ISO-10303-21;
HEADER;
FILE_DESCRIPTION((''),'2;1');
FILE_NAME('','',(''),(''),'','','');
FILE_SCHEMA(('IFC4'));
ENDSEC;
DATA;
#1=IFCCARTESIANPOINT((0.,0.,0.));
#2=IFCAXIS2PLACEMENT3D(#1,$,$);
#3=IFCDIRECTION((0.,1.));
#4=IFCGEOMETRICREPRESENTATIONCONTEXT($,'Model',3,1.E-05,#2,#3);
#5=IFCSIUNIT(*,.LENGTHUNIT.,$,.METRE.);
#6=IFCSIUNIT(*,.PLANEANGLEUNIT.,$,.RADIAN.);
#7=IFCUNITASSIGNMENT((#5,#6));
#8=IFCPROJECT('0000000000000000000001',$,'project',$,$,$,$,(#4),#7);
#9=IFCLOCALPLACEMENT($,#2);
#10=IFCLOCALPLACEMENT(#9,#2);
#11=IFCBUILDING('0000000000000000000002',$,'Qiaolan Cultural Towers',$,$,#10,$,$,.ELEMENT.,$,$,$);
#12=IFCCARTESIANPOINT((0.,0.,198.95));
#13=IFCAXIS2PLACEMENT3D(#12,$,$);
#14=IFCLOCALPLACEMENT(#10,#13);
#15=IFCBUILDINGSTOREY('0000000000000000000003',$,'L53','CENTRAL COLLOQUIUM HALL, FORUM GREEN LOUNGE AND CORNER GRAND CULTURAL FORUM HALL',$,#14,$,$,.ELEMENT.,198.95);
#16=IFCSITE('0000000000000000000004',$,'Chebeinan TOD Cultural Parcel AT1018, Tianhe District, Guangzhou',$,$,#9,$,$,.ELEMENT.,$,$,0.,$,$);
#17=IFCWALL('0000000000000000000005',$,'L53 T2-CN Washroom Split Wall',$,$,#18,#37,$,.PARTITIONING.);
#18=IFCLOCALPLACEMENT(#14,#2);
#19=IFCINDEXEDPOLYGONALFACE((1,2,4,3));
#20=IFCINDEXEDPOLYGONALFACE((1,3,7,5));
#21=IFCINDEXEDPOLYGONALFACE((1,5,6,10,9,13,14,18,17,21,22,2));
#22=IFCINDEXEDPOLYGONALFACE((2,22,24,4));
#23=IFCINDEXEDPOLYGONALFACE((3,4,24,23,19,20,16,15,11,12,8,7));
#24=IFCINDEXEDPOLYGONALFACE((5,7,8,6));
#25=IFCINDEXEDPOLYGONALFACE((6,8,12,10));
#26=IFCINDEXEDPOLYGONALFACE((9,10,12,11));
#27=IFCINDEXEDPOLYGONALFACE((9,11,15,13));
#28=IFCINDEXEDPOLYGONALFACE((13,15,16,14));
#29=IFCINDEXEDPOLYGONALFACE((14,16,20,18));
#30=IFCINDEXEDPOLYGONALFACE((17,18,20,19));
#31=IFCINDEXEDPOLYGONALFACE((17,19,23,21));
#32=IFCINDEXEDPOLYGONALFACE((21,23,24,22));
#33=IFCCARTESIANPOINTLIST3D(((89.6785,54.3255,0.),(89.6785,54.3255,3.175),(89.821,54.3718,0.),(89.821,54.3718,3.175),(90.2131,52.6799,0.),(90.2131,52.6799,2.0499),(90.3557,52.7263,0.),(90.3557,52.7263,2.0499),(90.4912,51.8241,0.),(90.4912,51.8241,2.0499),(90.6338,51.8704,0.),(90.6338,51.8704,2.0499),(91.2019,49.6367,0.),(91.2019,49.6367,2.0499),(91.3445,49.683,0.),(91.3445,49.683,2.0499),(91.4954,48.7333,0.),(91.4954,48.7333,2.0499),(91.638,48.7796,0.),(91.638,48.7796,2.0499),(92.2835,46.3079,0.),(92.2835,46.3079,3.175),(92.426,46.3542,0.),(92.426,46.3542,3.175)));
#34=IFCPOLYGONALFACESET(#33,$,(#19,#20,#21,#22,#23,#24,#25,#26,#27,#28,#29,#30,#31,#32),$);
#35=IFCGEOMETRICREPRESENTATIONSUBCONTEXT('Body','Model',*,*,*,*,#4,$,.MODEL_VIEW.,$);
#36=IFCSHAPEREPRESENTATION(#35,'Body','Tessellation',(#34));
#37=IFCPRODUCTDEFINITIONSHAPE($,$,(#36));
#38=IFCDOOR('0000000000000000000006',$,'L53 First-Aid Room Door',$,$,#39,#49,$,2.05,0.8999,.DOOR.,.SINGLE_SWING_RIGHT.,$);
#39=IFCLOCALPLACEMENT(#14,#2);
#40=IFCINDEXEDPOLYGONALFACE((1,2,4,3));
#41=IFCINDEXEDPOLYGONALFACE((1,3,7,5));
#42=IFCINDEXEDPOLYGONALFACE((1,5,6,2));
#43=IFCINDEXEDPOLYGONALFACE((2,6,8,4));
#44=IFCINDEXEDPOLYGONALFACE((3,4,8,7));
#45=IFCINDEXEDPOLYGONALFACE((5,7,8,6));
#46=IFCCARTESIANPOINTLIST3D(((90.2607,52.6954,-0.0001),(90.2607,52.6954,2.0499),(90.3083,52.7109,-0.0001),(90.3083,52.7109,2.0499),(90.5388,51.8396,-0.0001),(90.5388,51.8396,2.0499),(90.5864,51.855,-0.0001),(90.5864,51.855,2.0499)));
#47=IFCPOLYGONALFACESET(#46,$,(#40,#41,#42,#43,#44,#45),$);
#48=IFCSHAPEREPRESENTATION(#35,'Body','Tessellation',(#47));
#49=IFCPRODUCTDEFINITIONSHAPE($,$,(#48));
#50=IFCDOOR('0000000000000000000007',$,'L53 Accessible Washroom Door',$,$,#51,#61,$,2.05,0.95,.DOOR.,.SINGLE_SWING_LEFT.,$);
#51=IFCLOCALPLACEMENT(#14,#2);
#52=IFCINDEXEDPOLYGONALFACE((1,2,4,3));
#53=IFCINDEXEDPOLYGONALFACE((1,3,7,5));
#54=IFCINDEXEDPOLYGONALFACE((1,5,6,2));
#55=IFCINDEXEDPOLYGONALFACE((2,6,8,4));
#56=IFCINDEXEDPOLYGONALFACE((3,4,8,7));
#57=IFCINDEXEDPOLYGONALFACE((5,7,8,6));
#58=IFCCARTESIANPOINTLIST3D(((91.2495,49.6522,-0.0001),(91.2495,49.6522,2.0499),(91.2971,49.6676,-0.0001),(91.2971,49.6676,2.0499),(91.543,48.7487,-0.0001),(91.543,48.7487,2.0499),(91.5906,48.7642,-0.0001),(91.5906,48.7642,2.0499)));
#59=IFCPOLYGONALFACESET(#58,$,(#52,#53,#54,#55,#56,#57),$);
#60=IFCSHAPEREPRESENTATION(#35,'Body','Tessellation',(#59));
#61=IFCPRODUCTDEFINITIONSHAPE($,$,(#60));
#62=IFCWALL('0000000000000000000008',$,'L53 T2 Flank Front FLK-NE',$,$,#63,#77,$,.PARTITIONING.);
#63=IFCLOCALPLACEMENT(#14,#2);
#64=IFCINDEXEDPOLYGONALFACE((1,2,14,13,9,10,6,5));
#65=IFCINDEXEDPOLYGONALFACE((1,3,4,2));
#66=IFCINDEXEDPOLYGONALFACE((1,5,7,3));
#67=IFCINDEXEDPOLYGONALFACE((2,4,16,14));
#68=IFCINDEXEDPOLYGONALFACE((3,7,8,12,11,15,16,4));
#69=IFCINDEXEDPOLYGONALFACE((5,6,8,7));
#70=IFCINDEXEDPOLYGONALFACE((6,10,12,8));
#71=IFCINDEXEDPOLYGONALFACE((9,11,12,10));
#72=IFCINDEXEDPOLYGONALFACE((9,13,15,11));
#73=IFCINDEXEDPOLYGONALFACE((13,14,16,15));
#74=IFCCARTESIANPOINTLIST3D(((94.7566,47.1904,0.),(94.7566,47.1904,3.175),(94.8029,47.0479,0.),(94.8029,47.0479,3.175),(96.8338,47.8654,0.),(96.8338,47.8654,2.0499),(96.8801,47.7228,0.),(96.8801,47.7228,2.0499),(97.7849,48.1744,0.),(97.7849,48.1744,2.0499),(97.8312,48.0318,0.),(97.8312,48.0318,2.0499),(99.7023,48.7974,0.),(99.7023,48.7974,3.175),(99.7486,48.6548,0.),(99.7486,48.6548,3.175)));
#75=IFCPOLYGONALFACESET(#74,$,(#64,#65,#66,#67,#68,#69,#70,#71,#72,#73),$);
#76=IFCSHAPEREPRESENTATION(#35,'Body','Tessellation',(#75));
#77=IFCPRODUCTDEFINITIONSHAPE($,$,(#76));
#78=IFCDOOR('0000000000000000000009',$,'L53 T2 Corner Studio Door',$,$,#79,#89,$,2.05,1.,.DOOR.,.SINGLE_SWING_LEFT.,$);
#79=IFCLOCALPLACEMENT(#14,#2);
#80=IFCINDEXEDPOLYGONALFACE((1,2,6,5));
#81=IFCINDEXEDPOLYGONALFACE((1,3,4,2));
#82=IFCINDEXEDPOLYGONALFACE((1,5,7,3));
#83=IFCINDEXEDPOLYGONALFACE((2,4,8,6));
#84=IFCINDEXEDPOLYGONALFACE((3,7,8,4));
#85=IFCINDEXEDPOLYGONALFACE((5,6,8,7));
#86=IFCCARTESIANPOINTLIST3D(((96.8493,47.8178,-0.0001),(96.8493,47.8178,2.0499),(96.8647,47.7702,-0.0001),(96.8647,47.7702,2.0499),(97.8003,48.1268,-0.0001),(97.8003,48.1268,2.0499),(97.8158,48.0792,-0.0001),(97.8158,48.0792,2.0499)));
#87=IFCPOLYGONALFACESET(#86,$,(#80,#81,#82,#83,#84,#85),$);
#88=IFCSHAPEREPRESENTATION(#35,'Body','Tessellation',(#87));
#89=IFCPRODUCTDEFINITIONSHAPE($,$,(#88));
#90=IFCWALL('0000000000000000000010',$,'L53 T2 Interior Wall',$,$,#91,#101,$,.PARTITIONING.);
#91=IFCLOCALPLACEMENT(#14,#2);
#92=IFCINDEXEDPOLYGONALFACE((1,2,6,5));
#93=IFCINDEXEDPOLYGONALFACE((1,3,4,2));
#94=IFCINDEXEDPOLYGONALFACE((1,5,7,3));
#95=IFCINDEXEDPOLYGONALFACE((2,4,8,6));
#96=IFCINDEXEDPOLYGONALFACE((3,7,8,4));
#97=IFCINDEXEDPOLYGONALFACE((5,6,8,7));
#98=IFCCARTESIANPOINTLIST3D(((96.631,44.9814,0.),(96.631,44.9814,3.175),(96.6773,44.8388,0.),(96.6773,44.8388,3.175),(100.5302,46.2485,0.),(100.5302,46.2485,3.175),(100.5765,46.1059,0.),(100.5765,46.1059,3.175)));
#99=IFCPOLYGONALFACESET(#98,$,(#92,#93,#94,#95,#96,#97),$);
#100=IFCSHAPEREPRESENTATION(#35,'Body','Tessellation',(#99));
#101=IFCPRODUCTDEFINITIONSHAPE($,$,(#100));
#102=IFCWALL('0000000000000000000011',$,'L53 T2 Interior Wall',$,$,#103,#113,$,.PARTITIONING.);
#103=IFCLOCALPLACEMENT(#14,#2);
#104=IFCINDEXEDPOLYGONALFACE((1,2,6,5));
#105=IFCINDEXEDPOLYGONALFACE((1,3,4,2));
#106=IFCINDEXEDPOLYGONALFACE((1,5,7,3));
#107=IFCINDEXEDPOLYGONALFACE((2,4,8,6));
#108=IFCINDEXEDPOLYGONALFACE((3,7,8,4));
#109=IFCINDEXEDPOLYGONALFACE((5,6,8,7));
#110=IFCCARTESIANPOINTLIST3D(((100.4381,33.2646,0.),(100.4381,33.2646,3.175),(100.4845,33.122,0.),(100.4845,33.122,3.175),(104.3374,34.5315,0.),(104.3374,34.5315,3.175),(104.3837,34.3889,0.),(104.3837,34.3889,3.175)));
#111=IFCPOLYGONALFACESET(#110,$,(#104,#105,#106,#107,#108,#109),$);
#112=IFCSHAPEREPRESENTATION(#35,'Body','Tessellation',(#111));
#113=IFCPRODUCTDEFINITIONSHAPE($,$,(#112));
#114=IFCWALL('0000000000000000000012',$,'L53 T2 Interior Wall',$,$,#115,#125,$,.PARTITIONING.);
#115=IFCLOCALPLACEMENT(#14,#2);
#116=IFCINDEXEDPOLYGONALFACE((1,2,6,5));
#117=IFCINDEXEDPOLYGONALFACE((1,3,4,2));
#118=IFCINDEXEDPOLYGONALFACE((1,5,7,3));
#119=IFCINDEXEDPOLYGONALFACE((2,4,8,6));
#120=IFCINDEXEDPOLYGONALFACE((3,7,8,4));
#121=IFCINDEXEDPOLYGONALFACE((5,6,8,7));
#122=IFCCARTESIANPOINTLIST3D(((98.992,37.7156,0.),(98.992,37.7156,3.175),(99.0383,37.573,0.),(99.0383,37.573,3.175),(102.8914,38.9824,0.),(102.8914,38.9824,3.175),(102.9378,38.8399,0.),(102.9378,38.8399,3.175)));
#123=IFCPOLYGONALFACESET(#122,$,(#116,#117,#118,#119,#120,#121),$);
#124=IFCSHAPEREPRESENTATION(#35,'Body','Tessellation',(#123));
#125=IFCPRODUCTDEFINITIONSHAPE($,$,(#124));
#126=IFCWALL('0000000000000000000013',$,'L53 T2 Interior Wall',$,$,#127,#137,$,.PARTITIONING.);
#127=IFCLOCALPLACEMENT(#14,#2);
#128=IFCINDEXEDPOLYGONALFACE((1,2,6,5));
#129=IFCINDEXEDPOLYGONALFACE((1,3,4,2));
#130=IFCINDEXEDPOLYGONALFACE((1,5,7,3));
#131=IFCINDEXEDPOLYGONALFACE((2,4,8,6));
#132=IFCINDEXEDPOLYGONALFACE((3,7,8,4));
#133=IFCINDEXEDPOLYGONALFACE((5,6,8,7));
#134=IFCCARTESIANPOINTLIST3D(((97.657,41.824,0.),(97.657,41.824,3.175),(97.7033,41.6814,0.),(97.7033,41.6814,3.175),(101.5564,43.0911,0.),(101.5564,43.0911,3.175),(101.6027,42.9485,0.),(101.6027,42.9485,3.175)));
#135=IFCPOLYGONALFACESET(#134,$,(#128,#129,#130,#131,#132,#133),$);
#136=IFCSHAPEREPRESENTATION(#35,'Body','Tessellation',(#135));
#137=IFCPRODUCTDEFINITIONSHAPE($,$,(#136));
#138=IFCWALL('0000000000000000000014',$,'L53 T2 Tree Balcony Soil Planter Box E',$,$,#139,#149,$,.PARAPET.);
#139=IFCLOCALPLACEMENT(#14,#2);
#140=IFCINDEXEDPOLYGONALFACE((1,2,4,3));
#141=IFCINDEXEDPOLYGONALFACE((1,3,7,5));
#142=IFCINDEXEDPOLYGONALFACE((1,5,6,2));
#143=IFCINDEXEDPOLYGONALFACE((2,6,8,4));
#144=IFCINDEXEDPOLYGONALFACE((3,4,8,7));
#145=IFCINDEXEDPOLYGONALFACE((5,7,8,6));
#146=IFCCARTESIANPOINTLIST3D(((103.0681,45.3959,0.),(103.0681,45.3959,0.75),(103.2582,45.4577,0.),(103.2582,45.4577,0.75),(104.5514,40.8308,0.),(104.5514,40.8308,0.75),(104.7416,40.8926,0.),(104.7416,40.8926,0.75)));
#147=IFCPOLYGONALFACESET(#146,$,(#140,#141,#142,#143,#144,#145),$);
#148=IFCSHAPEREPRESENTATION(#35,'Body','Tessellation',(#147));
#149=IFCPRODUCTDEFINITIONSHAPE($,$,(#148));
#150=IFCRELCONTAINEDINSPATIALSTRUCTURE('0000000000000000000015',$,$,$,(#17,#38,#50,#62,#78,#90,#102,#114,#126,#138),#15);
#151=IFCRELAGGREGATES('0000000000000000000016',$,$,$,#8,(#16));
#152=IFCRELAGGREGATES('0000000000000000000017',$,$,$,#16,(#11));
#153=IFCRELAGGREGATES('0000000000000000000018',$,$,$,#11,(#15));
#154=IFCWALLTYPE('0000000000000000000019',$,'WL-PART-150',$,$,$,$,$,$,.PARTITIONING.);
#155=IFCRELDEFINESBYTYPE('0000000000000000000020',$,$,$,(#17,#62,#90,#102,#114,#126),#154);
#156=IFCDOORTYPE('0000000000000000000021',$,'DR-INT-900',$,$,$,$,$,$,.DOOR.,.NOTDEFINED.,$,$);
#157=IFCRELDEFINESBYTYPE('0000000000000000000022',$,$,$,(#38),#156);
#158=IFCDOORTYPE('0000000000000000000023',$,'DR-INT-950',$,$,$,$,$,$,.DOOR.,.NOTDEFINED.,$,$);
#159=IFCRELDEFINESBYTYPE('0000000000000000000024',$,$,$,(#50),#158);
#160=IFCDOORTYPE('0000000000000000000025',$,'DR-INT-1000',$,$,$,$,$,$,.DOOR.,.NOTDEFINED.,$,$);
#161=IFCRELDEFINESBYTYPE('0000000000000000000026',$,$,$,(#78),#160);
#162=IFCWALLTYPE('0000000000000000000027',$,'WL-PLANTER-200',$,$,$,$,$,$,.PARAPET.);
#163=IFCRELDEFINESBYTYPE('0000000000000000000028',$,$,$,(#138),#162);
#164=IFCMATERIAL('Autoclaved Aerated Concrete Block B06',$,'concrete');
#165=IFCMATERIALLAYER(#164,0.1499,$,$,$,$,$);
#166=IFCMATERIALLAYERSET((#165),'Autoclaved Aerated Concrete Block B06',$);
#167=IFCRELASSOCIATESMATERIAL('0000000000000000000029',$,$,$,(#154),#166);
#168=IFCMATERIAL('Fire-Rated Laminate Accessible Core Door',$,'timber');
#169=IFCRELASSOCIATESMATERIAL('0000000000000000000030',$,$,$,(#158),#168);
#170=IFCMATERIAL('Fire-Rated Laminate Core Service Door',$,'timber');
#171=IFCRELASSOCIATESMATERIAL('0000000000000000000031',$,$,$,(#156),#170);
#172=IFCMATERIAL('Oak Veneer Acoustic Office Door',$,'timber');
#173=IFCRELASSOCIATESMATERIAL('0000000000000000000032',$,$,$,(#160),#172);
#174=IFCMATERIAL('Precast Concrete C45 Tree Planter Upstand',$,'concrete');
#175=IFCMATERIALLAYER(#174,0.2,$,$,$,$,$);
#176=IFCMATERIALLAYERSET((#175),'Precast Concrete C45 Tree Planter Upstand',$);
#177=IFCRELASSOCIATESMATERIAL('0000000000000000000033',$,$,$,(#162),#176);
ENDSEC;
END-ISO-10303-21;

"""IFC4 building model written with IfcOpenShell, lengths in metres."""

from ifc_helpers import new_model, si_unit, direction, frame, frame_2d, origin, place, context, subcontext, project, spatial, rectangle, extrude, material, layer, layer_set, type_object, element, fill, save


model = new_model("IFC4")

# Units and contexts
model_context = context("Model", 3, precision=1e-05, world=origin(), true_north=direction((0.0, 1.0)))
body_context = subcontext(model_context, "Body", "Model", "MODEL_VIEW")
ifc_project = project(units=[si_unit("LENGTHUNIT", "METRE"), si_unit("PLANEANGLEUNIT", "RADIAN")], contexts=[model_context])

# Site, building, storey
site_placement = place(None, origin())
site = spatial("IfcSite", under=ifc_project, at=site_placement, Name="Chebeinan TOD Cultural Parcel AT1018, Tianhe District, Guangzhou", CompositionType="ELEMENT", RefElevation=0.0)
building_placement = place(site_placement, origin())
building = spatial("IfcBuilding", under=site, at=building_placement, Name="Qiaolan Cultural Towers", CompositionType="ELEMENT")
storey_placement = place(building_placement, frame((0.0, 0.0, 198.95)))
storey = spatial("IfcBuildingStorey", under=building, at=storey_placement, Name="L53", Description="CENTRAL COLLOQUIUM HALL, FORUM GREEN LOUNGE AND CORNER GRAND CULTURAL FORUM HALL", CompositionType="ELEMENT", Elevation=198.95)

# Shared definitions
ifc_material_1 = material(Name="Autoclaved Aerated Concrete Block B06", Category="concrete")
ifc_layer_1 = layer(ifc_material_1, 0.1499)
ifc_layer_set_1 = layer_set([ifc_layer_1], Name="Autoclaved Aerated Concrete Block B06")
wall_type_1 = type_object("IfcWallType", Name="WL-PART-150", PredefinedType="PARTITIONING", material=ifc_layer_set_1)
ifc_material_2 = material(Name="Fire-Rated Laminate Accessible Core Door", Category="timber")
door_type_1 = type_object("IfcDoorType", Name="DR-INT-950", OperationType="NOTDEFINED", PredefinedType="DOOR", material=ifc_material_2)

# Wall, openings, doors
wall_1_placement = place(storey_placement, frame((92.3547, 46.3311, 0.0), z_axis=(0.0, 0.0, 1.0), x_axis=(-0.309007, 0.95106, 0.0)))
wall_1 = element("IfcWall", 1, at=wall_1_placement, inside=storey, type_object=wall_type_1, Name="L53 T2-CN Washroom Split Wall", PredefinedType="PARTITIONING", context=body_context, shape_type="SweptSolid", body=[
    extrude(rectangle(XDim=8.4302, YDim=0.1499, at=frame_2d((4.2151, 0.0))), origin(), (0.0, 0.0, 1.0), 3.175),
])
opening_1_placement = place(wall_1_placement, frame((2.55, 0.0, 0.0)))
opening_1 = element("IfcOpeningElement", 2, at=opening_1_placement, cuts=wall_1, PredefinedType="OPENING", context=body_context, shape_type="SweptSolid", body=[
    extrude(rectangle(XDim=0.95, YDim=2.05, at=frame_2d((0.4751, 1.0249))), frame((0.0, 0.085, 0.0), z_axis=(0.0, -1.0, 0.0), x_axis=(1.0, 0.0, 0.0)), (0.0, 0.0, 1.0), 0.1699),
])
opening_2_placement = place(wall_1_placement, frame((5.8, 0.0, 0.0)))
opening_2 = element("IfcOpeningElement", 3, at=opening_2_placement, cuts=wall_1, PredefinedType="OPENING", context=body_context, shape_type="SweptSolid", body=[
    extrude(rectangle(XDim=0.8999, YDim=2.05, at=frame_2d((0.45, 1.0249))), frame((0.0, 0.085, 0.0), z_axis=(0.0, -1.0, 0.0), x_axis=(1.0, 0.0, 0.0)), (0.0, 0.0, 1.0), 0.1699),
])
ifc_material_3 = material(Name="Fire-Rated Laminate Core Service Door", Category="timber")
door_type_2 = type_object("IfcDoorType", Name="DR-INT-900", OperationType="NOTDEFINED", PredefinedType="DOOR", material=ifc_material_3)
door_1_placement = place(opening_2_placement, origin())
door_1 = element("IfcDoor", 4, at=door_1_placement, inside=storey, type_object=door_type_2, Name="L53 First-Aid Room Door", OperationType="SINGLE_SWING_RIGHT", OverallHeight=2.05, OverallWidth=0.8999, PredefinedType="DOOR", context=body_context, shape_type="SweptSolid", body=[
    extrude(rectangle(XDim=0.8999, YDim=2.05, at=frame_2d((0.45, 1.0249))), frame((0.0, 0.0249, 0.0), z_axis=(0.0, -1.0, 0.0), x_axis=(1.0, 0.0, 0.0)), (0.0, 0.0, 1.0), 0.05),
])
fill(opening_2, door_1)
door_2_placement = place(opening_1_placement, origin())
door_2 = element("IfcDoor", 5, at=door_2_placement, inside=storey, type_object=door_type_1, Name="L53 Accessible Washroom Door", OperationType="SINGLE_SWING_LEFT", OverallHeight=2.05, OverallWidth=0.95, PredefinedType="DOOR", context=body_context, shape_type="SweptSolid", body=[
    extrude(rectangle(XDim=0.95, YDim=2.05, at=frame_2d((0.4751, 1.0249))), frame((0.0, 0.0249, 0.0), z_axis=(0.0, -1.0, 0.0), x_axis=(1.0, 0.0, 0.0)), (0.0, 0.0, 1.0), 0.05),
])
fill(opening_1, door_2)

# Wall, opening, door
wall_2_placement = place(storey_placement, frame((94.7798, 47.1191, 0.0), z_axis=(0.0, 0.0, 1.0), x_axis=(0.951055, 0.309021, 0.0)))
wall_2 = element("IfcWall", 6, at=wall_2_placement, inside=storey, type_object=wall_type_1, Name="L53 T2 Flank Front FLK-NE", PredefinedType="PARTITIONING", context=body_context, shape_type="SweptSolid", body=[
    extrude(rectangle(XDim=5.2002, YDim=0.1499, at=frame_2d((2.6001, 0.0))), origin(), (0.0, 0.0, 1.0), 3.175),
])
opening_3_placement = place(wall_2_placement, frame((2.1841, 0.0, 0.0)))
opening_3 = element("IfcOpeningElement", 7, at=opening_3_placement, cuts=wall_2, PredefinedType="OPENING", context=body_context, shape_type="SweptSolid", body=[
    extrude(rectangle(XDim=1.0, YDim=2.05, at=frame_2d((0.5, 1.0249))), frame((0.0, 0.085, 0.0), z_axis=(0.0, -1.0, 0.0), x_axis=(1.0, 0.0, 0.0)), (0.0, 0.0, 1.0), 0.1699),
])
ifc_material_4 = material(Name="Oak Veneer Acoustic Office Door", Category="timber")
door_type_3 = type_object("IfcDoorType", Name="DR-INT-1000", OperationType="NOTDEFINED", PredefinedType="DOOR", material=ifc_material_4)
door_3_placement = place(opening_3_placement, origin())
door_3 = element("IfcDoor", 8, at=door_3_placement, inside=storey, type_object=door_type_3, Name="L53 T2 Corner Studio Door", OperationType="SINGLE_SWING_LEFT", OverallHeight=2.05, OverallWidth=1.0, PredefinedType="DOOR", context=body_context, shape_type="SweptSolid", body=[
    extrude(rectangle(XDim=1.0, YDim=2.05, at=frame_2d((0.5, 1.0249))), frame((0.0, 0.0249, 0.0), z_axis=(0.0, -1.0, 0.0), x_axis=(1.0, 0.0, 0.0)), (0.0, 0.0, 1.0), 0.05),
])
fill(opening_3, door_3)

# Walls
for number, where, z_axis, x_axis, name in (
    (9, (96.6543, 44.9102, 0.0), (0.0, 0.0, 1.0), (0.951044, 0.309055, 0.0), "L53 T2 Interior Wall"),
    (10, (100.4614, 33.1934, 0.0), (0.0, 0.0, 1.0), (0.951062, 0.309001, 0.0), "L53 T2 Interior Wall"),
):
    element("IfcWall", number, at=place(storey_placement, frame(where, z_axis=z_axis, x_axis=x_axis)), inside=storey, type_object=wall_type_1, Name=name, PredefinedType="PARTITIONING", context=body_context, shape_type="SweptSolid", body=[
        extrude(rectangle(XDim=4.0999, YDim=0.1499, at=frame_2d((2.0498, 0.0))), origin(), (0.0, 0.0, 1.0), 3.175),
    ])
for number, where, z_axis, x_axis, name in (
    (11, (99.0151, 37.6443, 0.0), (0.0, 0.0, 1.0), (0.951067, 0.308984, 0.0), "L53 T2 Interior Wall"),
    (12, (97.6802, 41.7527, 0.0), (0.0, 0.0, 1.0), (0.95105, 0.309038, 0.0), "L53 T2 Interior Wall"),
):
    element("IfcWall", number, at=place(storey_placement, frame(where, z_axis=z_axis, x_axis=x_axis)), inside=storey, type_object=wall_type_1, Name=name, PredefinedType="PARTITIONING", context=body_context, shape_type="SweptSolid", body=[
        extrude(rectangle(XDim=4.1001, YDim=0.1499, at=frame_2d((2.05, 0.0))), origin(), (0.0, 0.0, 1.0), 3.175),
    ])
ifc_material_5 = material(Name="Precast Concrete C45 Tree Planter Upstand", Category="concrete")
ifc_layer_2 = layer(ifc_material_5, 0.2)
ifc_layer_set_2 = layer_set([ifc_layer_2], Name="Precast Concrete C45 Tree Planter Upstand")
wall_type_2 = type_object("IfcWallType", Name="WL-PLANTER-200", PredefinedType="PARAPET", material=ifc_layer_set_2)
wall_3_placement = place(storey_placement, frame((104.6465, 40.8618, 0.0), z_axis=(0.0, 0.0, 1.0), x_axis=(-0.309032, 0.951052, 0.0)))
element("IfcWall", 13, at=wall_3_placement, inside=storey, type_object=wall_type_2, Name="L53 T2 Tree Balcony Soil Planter Box E", PredefinedType="PARAPET", context=body_context, shape_type="SweptSolid", body=[
    extrude(rectangle(XDim=4.8, YDim=0.2, at=frame_2d((2.3999, 0.0))), origin(), (0.0, 0.0, 1.0), 0.75),
])

save(model, "model.ifc")
